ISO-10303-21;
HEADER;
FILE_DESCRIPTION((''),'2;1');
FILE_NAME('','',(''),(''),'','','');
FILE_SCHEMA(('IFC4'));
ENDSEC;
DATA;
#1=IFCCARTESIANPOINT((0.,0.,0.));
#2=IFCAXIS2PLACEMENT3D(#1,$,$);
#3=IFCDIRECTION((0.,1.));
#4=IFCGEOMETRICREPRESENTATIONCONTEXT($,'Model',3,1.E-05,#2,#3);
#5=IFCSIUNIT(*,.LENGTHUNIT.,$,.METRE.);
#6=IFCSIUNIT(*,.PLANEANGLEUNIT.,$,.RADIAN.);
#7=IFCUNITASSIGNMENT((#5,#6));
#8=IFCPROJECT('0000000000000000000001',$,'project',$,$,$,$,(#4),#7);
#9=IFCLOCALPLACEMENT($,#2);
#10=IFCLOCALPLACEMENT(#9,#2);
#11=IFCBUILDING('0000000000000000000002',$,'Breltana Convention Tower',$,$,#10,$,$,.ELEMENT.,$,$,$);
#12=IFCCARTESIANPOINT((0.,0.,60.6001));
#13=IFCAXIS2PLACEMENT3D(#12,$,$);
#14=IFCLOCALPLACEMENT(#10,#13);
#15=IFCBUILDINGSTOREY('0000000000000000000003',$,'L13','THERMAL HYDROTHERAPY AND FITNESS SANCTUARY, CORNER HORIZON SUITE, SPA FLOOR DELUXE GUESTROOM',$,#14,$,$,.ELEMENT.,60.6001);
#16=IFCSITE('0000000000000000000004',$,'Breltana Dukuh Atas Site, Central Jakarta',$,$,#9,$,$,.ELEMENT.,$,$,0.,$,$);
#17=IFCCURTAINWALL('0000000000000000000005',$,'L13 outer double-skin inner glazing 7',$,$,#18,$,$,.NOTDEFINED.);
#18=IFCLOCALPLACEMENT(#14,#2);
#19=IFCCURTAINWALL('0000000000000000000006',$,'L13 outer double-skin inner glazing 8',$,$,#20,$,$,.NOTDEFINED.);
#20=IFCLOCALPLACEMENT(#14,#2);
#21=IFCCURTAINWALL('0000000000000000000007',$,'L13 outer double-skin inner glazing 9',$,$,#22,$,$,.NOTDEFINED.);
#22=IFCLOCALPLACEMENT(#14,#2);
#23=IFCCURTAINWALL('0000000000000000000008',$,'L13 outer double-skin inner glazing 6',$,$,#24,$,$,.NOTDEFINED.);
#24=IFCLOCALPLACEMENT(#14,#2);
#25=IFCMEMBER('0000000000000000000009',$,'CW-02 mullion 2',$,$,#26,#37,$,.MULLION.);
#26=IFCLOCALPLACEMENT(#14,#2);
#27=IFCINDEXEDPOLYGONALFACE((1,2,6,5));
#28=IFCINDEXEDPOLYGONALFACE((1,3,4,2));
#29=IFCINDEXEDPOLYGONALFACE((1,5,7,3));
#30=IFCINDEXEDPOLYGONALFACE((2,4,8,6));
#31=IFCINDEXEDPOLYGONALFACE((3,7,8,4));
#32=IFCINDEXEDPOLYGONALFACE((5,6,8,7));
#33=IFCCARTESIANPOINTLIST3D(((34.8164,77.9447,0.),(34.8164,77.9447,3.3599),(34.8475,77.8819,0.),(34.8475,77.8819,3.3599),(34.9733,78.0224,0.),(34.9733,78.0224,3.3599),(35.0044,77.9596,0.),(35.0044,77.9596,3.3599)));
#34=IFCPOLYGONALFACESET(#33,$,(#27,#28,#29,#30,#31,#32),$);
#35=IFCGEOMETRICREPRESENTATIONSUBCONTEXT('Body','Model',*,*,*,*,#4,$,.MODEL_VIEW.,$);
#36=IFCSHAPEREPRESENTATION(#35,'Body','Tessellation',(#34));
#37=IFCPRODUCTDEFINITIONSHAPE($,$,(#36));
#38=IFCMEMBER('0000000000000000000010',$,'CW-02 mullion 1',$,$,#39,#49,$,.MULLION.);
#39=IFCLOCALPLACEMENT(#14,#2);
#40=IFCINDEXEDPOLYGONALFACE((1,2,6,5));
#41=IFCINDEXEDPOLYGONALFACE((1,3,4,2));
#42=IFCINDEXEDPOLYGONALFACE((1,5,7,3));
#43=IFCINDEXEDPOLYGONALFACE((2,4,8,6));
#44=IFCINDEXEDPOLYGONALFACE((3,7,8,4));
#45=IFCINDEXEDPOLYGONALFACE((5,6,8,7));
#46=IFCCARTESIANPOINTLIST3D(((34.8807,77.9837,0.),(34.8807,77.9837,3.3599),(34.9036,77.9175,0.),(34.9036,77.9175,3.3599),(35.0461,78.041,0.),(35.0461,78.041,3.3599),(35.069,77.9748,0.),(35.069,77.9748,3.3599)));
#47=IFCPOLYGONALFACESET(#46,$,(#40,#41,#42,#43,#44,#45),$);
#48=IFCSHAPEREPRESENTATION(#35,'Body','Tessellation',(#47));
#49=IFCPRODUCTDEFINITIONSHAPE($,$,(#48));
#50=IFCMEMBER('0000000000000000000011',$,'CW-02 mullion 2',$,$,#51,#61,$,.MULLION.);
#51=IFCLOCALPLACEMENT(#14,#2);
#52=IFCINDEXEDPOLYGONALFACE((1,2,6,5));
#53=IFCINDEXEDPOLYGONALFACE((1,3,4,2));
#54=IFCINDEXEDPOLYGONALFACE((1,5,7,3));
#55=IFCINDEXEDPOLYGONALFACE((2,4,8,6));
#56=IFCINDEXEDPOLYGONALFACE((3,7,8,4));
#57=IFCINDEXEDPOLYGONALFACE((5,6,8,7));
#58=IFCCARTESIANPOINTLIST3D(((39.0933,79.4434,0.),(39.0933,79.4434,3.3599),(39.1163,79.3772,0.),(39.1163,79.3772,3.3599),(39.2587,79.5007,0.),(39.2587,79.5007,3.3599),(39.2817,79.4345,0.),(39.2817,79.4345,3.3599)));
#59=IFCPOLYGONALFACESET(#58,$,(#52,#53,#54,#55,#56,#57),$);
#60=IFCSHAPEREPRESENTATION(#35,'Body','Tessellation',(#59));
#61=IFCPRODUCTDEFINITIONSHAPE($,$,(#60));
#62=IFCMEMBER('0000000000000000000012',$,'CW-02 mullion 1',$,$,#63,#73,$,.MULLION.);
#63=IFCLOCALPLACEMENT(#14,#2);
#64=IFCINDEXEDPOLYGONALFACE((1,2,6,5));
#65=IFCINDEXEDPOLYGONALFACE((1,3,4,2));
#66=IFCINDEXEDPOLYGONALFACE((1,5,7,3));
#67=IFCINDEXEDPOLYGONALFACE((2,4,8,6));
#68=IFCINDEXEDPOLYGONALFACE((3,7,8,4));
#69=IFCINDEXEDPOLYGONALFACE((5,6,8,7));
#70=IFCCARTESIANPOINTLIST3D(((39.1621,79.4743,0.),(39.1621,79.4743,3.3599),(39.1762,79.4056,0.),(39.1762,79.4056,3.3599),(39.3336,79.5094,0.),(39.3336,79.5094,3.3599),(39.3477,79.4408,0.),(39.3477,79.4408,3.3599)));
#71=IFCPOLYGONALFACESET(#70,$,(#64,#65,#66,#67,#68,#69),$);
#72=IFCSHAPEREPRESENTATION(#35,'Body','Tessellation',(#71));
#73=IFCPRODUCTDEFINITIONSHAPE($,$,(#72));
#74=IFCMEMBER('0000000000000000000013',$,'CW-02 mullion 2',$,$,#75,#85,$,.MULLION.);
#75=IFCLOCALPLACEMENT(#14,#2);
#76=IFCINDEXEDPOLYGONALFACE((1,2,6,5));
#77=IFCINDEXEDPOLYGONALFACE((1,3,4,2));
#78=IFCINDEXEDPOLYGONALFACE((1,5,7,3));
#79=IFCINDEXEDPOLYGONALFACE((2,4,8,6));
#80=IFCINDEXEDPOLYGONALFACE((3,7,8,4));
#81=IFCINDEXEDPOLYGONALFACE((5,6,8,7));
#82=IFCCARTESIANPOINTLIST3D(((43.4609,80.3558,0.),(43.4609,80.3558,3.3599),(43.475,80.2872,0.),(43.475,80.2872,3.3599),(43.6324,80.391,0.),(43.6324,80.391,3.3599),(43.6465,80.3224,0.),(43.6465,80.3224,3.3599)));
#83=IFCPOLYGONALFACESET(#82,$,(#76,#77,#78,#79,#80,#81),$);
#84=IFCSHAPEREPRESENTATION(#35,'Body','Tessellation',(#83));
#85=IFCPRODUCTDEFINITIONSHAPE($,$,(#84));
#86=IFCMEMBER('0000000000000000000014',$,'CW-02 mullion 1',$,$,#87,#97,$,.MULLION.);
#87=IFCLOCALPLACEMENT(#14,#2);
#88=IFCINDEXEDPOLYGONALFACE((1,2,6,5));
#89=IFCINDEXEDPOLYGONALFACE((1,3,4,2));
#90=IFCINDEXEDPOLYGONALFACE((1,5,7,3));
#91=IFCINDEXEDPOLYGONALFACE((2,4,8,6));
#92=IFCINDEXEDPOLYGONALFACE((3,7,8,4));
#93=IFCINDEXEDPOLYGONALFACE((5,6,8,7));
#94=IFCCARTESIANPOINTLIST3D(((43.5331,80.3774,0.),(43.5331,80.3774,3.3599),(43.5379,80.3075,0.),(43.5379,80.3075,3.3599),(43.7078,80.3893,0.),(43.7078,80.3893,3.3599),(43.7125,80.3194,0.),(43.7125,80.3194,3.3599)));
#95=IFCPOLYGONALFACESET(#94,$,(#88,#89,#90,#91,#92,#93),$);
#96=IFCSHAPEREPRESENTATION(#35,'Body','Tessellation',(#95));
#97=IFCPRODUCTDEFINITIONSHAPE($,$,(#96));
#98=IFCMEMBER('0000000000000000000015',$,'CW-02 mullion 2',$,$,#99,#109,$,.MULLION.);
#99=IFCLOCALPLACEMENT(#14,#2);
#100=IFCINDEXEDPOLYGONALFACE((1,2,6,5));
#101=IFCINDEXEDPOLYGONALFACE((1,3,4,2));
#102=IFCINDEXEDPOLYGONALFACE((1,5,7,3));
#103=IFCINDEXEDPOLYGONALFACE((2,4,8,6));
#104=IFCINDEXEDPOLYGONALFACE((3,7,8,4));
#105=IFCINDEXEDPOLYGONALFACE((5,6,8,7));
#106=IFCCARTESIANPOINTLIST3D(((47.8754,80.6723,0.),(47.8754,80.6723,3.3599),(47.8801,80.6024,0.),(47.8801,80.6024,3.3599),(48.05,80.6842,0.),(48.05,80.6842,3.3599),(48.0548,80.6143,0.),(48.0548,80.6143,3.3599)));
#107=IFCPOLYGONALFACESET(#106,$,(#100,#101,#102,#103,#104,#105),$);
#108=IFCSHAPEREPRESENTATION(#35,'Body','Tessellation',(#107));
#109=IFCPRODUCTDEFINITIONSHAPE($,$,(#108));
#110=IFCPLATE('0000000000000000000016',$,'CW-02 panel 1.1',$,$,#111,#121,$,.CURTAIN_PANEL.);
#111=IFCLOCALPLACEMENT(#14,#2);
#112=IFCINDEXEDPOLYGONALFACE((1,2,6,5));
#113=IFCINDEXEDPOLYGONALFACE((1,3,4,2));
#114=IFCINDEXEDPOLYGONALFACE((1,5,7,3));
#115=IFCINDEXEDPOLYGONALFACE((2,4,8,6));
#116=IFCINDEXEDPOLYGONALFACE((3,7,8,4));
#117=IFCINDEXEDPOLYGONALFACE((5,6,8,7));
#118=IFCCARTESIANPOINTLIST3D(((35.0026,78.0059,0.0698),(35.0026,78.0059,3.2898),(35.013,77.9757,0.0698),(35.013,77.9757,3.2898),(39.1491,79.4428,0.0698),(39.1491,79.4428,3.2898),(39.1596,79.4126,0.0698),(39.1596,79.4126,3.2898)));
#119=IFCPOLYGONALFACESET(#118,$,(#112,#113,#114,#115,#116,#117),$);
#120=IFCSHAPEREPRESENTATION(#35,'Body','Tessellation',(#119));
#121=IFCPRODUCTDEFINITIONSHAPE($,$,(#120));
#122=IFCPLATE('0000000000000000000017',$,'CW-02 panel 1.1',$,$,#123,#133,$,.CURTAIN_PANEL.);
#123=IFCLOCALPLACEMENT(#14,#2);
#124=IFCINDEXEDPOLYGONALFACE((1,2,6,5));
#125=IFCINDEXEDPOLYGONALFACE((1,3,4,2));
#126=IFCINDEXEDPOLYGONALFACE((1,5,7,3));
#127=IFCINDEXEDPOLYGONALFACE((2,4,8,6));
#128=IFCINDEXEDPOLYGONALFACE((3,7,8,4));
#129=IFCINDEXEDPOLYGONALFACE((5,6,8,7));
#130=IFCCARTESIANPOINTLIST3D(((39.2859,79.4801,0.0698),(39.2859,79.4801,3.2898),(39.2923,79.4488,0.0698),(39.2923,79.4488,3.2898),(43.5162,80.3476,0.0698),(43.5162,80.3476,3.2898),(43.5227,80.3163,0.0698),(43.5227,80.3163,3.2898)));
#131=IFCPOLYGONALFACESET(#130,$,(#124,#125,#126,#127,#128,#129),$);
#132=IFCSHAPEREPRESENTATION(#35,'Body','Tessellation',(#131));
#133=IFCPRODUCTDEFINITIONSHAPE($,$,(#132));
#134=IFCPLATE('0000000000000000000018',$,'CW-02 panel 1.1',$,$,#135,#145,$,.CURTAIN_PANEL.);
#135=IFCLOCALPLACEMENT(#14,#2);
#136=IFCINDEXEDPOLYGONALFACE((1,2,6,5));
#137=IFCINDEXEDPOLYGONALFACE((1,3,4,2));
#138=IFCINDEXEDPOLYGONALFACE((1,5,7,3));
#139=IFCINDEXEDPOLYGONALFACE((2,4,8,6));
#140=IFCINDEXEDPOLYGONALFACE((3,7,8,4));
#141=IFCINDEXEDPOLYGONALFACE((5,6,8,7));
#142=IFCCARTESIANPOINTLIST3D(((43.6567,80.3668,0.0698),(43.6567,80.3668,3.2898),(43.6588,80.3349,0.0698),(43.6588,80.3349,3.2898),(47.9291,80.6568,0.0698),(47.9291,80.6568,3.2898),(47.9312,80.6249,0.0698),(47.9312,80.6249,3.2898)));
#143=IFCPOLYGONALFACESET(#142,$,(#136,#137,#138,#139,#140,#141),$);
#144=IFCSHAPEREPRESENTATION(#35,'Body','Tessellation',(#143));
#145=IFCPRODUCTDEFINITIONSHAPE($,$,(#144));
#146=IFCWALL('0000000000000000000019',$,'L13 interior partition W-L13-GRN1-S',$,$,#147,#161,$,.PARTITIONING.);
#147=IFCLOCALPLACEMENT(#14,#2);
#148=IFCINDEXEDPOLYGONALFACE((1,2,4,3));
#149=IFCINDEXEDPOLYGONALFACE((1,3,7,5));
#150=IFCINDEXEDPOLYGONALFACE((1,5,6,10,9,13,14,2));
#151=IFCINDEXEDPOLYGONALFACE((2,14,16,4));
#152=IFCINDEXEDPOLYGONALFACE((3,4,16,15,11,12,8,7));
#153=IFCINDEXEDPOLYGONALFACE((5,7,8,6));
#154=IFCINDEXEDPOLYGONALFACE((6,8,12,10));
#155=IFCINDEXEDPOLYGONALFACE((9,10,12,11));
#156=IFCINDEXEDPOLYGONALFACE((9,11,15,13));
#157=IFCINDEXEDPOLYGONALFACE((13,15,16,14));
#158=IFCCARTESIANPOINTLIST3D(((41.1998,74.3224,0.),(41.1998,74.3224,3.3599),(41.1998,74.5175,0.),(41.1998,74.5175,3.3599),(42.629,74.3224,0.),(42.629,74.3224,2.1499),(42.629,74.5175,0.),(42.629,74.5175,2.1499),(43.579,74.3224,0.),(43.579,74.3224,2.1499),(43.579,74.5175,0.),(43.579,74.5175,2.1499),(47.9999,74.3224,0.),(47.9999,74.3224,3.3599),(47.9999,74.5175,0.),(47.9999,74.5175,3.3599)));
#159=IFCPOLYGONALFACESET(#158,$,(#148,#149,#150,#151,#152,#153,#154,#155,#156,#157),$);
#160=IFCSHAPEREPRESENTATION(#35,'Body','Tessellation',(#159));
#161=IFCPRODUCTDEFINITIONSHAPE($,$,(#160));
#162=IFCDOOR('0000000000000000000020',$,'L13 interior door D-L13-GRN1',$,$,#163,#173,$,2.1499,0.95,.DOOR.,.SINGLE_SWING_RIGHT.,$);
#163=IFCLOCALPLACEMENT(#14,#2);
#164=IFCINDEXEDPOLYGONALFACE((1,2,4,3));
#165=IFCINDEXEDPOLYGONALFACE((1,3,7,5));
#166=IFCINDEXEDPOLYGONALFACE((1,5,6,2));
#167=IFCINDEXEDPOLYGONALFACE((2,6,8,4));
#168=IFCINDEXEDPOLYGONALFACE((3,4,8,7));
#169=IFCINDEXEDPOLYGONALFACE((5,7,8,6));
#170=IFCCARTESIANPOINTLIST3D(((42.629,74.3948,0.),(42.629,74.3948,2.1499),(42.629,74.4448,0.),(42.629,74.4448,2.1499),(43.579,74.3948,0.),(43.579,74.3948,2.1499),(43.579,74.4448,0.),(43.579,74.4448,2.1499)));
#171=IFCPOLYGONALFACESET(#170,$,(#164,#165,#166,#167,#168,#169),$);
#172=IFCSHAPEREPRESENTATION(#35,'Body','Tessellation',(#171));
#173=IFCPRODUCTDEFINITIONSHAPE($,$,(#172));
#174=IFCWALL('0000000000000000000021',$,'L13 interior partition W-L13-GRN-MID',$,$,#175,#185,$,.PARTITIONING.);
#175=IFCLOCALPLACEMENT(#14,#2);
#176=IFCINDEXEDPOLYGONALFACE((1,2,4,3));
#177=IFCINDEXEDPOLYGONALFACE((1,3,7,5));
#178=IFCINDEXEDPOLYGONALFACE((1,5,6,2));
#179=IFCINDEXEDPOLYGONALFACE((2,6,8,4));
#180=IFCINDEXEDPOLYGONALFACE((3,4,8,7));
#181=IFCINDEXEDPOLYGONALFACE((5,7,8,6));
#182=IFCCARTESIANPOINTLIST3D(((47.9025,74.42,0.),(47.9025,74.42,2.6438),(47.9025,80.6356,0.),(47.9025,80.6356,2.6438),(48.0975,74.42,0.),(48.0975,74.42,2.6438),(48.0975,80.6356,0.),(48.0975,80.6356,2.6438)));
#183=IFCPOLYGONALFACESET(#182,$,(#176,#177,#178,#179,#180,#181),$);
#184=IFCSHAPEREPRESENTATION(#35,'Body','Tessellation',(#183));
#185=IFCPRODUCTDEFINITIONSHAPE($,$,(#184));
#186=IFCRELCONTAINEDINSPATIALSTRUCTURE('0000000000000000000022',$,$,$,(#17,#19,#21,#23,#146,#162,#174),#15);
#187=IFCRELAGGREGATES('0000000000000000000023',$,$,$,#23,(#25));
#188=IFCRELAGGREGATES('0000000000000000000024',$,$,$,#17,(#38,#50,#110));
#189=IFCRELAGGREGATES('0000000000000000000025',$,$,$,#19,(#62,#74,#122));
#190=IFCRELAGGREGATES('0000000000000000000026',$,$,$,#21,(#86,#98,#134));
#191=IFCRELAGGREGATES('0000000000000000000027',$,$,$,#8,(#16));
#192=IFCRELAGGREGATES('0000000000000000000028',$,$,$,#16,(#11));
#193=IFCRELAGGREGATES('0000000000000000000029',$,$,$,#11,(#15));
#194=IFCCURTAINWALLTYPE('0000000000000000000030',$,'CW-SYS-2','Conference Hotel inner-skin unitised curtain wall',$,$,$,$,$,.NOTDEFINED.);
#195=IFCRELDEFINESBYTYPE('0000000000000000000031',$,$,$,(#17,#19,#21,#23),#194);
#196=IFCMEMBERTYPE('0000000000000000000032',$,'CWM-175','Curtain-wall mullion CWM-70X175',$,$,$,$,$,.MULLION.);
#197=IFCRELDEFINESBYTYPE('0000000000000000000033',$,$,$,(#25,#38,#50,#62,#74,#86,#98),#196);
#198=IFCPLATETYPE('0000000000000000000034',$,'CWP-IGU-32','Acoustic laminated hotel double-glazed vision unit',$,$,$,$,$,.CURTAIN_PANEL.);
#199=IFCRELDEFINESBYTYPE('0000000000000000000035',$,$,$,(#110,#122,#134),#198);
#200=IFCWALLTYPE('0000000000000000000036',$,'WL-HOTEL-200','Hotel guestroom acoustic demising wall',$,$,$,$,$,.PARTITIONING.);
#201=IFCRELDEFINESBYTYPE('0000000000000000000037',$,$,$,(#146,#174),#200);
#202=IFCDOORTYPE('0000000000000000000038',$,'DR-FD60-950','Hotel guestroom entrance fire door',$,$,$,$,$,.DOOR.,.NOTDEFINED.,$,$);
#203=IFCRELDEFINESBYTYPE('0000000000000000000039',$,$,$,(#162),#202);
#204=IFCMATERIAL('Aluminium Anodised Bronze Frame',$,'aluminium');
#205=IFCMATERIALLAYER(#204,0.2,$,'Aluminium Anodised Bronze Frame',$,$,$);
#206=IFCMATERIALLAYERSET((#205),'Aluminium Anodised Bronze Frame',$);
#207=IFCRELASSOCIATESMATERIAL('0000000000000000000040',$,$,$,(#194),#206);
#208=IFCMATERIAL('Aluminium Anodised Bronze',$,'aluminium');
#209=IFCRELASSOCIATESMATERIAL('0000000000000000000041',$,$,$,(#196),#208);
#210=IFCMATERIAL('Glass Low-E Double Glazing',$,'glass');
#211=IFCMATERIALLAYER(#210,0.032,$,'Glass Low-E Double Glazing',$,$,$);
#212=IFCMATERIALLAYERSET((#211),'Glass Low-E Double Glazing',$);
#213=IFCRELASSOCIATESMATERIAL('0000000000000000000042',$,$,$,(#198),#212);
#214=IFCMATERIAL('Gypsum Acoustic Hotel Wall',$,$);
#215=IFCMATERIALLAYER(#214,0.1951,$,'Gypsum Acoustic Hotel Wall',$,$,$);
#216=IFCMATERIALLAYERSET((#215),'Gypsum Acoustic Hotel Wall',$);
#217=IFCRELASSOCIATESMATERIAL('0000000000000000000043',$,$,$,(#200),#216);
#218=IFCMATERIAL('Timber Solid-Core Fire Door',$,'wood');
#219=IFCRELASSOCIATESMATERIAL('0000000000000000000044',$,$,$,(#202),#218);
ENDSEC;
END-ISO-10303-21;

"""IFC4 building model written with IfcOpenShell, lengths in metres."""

from ifc_helpers import new_model, si_unit, direction, frame, frame_2d, origin, origin_2d, place, context, subcontext, project, spatial, rectangle, extrude, source, transform, mapped, material, layer, layer_set, material_profile, profile_set, type_object, type_shapes, element, fill, aggregate, save


model = new_model("IFC4")

# Units and contexts
model_context = context("Model", 3, precision=1e-05, world=origin(), true_north=direction((0.0, 1.0)))
body_context = subcontext(model_context, "Body", "Model", "MODEL_VIEW")
ifc_project = project(units=[si_unit("LENGTHUNIT", "METRE"), si_unit("PLANEANGLEUNIT", "RADIAN")], contexts=[model_context])

# Site, building, storey
site_placement = place(None, origin())
site = spatial("IfcSite", under=ifc_project, at=site_placement, Name="Breltana Dukuh Atas Site, Central Jakarta", CompositionType="ELEMENT", RefElevation=0.0)
building_placement = place(site_placement, origin())
building = spatial("IfcBuilding", under=site, at=building_placement, Name="Breltana Convention Tower", CompositionType="ELEMENT")
storey_placement = place(building_placement, frame((0.0, 0.0, 60.6001)))
storey = spatial("IfcBuildingStorey", under=building, at=storey_placement, Name="L13", Description="THERMAL HYDROTHERAPY AND FITNESS SANCTUARY, CORNER HORIZON SUITE, SPA FLOOR DELUXE GUESTROOM", CompositionType="ELEMENT", Elevation=60.6001)

# Curtain walls
ifc_material_1 = material(Name="Aluminium Anodised Bronze Frame", Category="aluminium")
ifc_layer_1 = layer(ifc_material_1, 0.2, Name="Aluminium Anodised Bronze Frame")
ifc_layer_set_1 = layer_set([ifc_layer_1], Name="Aluminium Anodised Bronze Frame")
curtain_wall_type = type_object("IfcCurtainWallType", Name="CW-SYS-2", Description="Conference Hotel inner-skin unitised curtain wall", PredefinedType="NOTDEFINED", material=ifc_layer_set_1)
curtain_wall_1_placement = place(storey_placement, origin())
curtain_wall_1 = element("IfcCurtainWall", 1, at=curtain_wall_1_placement, inside=storey, type_object=curtain_wall_type, Name="L13 outer double-skin inner glazing 7", PredefinedType="NOTDEFINED")
ifc_material_2 = material(Name="Aluminium Anodised Bronze", Category="aluminium")
curtain_wall_2_placement = place(storey_placement, origin())
curtain_wall_2 = element("IfcCurtainWall", 2, at=curtain_wall_2_placement, inside=storey, type_object=curtain_wall_type, Name="L13 outer double-skin inner glazing 8", PredefinedType="NOTDEFINED")
curtain_wall_3_placement = place(storey_placement, origin())
curtain_wall_3 = element("IfcCurtainWall", 3, at=curtain_wall_3_placement, inside=storey, type_object=curtain_wall_type, Name="L13 outer double-skin inner glazing 9", PredefinedType="NOTDEFINED")

# Curtain wall, member
curtain_wall_4_placement = place(storey_placement, origin())
curtain_wall_4 = element("IfcCurtainWall", 4, at=curtain_wall_4_placement, inside=storey, type_object=curtain_wall_type, Name="L13 outer double-skin inner glazing 6", PredefinedType="NOTDEFINED")
ifc_material_profile_1 = material_profile(ifc_material_2, rectangle(XDim=0.0701, YDim=0.175, at=origin_2d()), Name="CWM-70X175")
ifc_profile_set_1 = profile_set([ifc_material_profile_1], Name="Aluminium Anodised Bronze")
member_type_1 = type_object("IfcMemberType", Name="CWM-175", Description="Curtain-wall mullion CWM-70X175", PredefinedType="MULLION", material=ifc_profile_set_1)
shared_shape_1 = source(origin(), body_context, "Body", "SweptSolid", [
    extrude(rectangle(XDim=0.0701, YDim=0.175, at=origin_2d()), origin(), (0.0, 0.0, 1.0), 3.3599),
])
member_1_placement = place(storey_placement, frame((34.9104, 77.9521, 0.0), z_axis=(0.0, 0.0, 1.0), x_axis=(-0.444108, 0.895973, 0.0)))
member_1 = element("IfcMember", 5, at=member_1_placement, type_object=member_type_1, Name="CW-02 mullion 2", PredefinedType="MULLION", context=body_context, shape_type="MappedRepresentation", body=[
    mapped(shared_shape_1, transform((0.0, 0.0, 0.0), scale=1.0)),
])
aggregate(curtain_wall_4, [member_1])

# Members
member_2_placement = place(storey_placement, frame((34.9749, 77.9792, 0.0), z_axis=(0.0, 0.0, 1.0), x_axis=(-0.327428, 0.944876, 0.0)))
member_2 = element("IfcMember", 6, at=member_2_placement, type_object=member_type_1, Name="CW-02 mullion 1", PredefinedType="MULLION", context=body_context, shape_type="MappedRepresentation", body=[
    mapped(shared_shape_1, transform((0.0, 0.0, 0.0), scale=1.0)),
])
member_3_placement = place(storey_placement, frame((39.1875, 79.439, 0.0), z_axis=(0.0, 0.0, 1.0), x_axis=(-0.327428, 0.944876, 0.0)))
member_3 = element("IfcMember", 7, at=member_3_placement, type_object=member_type_1, Name="CW-02 mullion 2", PredefinedType="MULLION", context=body_context, shape_type="MappedRepresentation", body=[
    mapped(shared_shape_1, transform((0.0, 0.0, 0.0), scale=1.0)),
])
member_4_placement = place(storey_placement, frame((39.2549, 79.4575, 0.0), z_axis=(0.0, 0.0, 1.0), x_axis=(-0.200885, 0.979615, 0.0)))
member_4 = element("IfcMember", 8, at=member_4_placement, type_object=member_type_1, Name="CW-02 mullion 1", PredefinedType="MULLION", context=body_context, shape_type="MappedRepresentation", body=[
    mapped(shared_shape_1, transform((0.0, 0.0, 0.0), scale=1.0)),
])
member_5_placement = place(storey_placement, frame((43.5537, 80.3391, 0.0), z_axis=(0.0, 0.0, 1.0), x_axis=(-0.200885, 0.979615, 0.0)))
member_5 = element("IfcMember", 9, at=member_5_placement, type_object=member_type_1, Name="CW-02 mullion 2", PredefinedType="MULLION", context=body_context, shape_type="MappedRepresentation", body=[
    mapped(shared_shape_1, transform((0.0, 0.0, 0.0), scale=1.0)),
])
member_6_placement = place(storey_placement, frame((43.6228, 80.3484, 0.0), z_axis=(0.0, 0.0, 1.0), x_axis=(-0.067726, 0.997704, 0.0)))
member_6 = element("IfcMember", 10, at=member_6_placement, type_object=member_type_1, Name="CW-02 mullion 1", PredefinedType="MULLION", context=body_context, shape_type="MappedRepresentation", body=[
    mapped(shared_shape_1, transform((0.0, 0.0, 0.0), scale=1.0)),
])
member_7_placement = place(storey_placement, frame((47.9651, 80.6433, 0.0), z_axis=(0.0, 0.0, 1.0), x_axis=(-0.067726, 0.997704, 0.0)))
member_7 = element("IfcMember", 11, at=member_7_placement, type_object=member_type_1, Name="CW-02 mullion 2", PredefinedType="MULLION", context=body_context, shape_type="MappedRepresentation", body=[
    mapped(shared_shape_1, transform((0.0, 0.0, 0.0), scale=1.0)),
])

# Plates
ifc_material_3 = material(Name="Glass Low-E Double Glazing", Category="glass")
ifc_layer_2 = layer(ifc_material_3, 0.032, Name="Glass Low-E Double Glazing")
ifc_layer_set_2 = layer_set([ifc_layer_2], Name="Glass Low-E Double Glazing")
plate_type = type_object("IfcPlateType", Name="CWP-IGU-32", Description="Acoustic laminated hotel double-glazed vision unit", PredefinedType="CURTAIN_PANEL", material=ifc_layer_set_2)
shared_shape_2 = source(origin(), body_context, "Body", "SweptSolid", [
    extrude(rectangle(XDim=4.3884, YDim=0.032, at=origin_2d()), origin(), (0.0, 0.0, 1.0), 3.22),
])
plate_1_placement = place(storey_placement, frame((37.0811, 78.7092, 0.0698), z_axis=(0.0, 0.0, 1.0), x_axis=(0.944876, 0.327428, 0.0)))
plate_1 = element("IfcPlate", 12, at=plate_1_placement, type_object=plate_type, Name="CW-02 panel 1.1", PredefinedType="CURTAIN_PANEL", context=body_context, shape_type="MappedRepresentation", body=[
    mapped(shared_shape_2, transform((0.0, 0.0, 0.0), scale=1.0)),
])
aggregate(curtain_wall_1, [member_2, member_3, plate_1])
shared_shape_3 = source(origin(), body_context, "Body", "SweptSolid", [
    extrude(rectangle(XDim=4.3184, YDim=0.032, at=origin_2d()), origin(), (0.0, 0.0, 1.0), 3.22),
])
plate_2_placement = place(storey_placement, frame((41.4043, 79.8982, 0.0698), z_axis=(0.0, 0.0, 1.0), x_axis=(0.979615, 0.200885, 0.0)))
plate_2 = element("IfcPlate", 13, at=plate_2_placement, type_object=plate_type, Name="CW-02 panel 1.1", PredefinedType="CURTAIN_PANEL", context=body_context, shape_type="MappedRepresentation", body=[
    mapped(shared_shape_3, transform((0.0, 0.0, 0.0), scale=1.0)),
])
aggregate(curtain_wall_2, [member_4, member_5, plate_2])
shared_shape_4 = source(origin(), body_context, "Body", "SweptSolid", [
    extrude(rectangle(XDim=4.2822, YDim=0.032, at=origin_2d()), origin(), (0.0, 0.0, 1.0), 3.22),
])
plate_3_placement = place(storey_placement, frame((45.7939, 80.4958, 0.0698), z_axis=(0.0, 0.0, 1.0), x_axis=(0.997704, 0.067726, 0.0)))
plate_3 = element("IfcPlate", 14, at=plate_3_placement, type_object=plate_type, Name="CW-02 panel 1.1", PredefinedType="CURTAIN_PANEL", context=body_context, shape_type="MappedRepresentation", body=[
    mapped(shared_shape_4, transform((0.0, 0.0, 0.0), scale=1.0)),
])
aggregate(curtain_wall_3, [member_6, member_7, plate_3])

# Wall, opening, door
ifc_material_4 = material(Name="Gypsum Acoustic Hotel Wall")
ifc_layer_3 = layer(ifc_material_4, 0.1951, Name="Gypsum Acoustic Hotel Wall")
ifc_layer_set_3 = layer_set([ifc_layer_3], Name="Gypsum Acoustic Hotel Wall")
wall_type_1 = type_object("IfcWallType", Name="WL-HOTEL-200", Description="Hotel guestroom acoustic demising wall", PredefinedType="PARTITIONING", material=ifc_layer_set_3)
shared_shape_5 = source(origin(), body_context, "Body", "SweptSolid", [
    extrude(rectangle(XDim=6.8, YDim=0.1951, at=frame_2d((3.3999, 0.0))), origin(), (0.0, 0.0, 1.0), 3.3599),
])
wall_1_placement = place(storey_placement, frame((41.2, 74.4199, 0.0), z_axis=(0.0, 0.0, 1.0), x_axis=(1.0, 0.0, 0.0)))
wall_1 = element("IfcWall", 15, at=wall_1_placement, inside=storey, type_object=wall_type_1, Name="L13 interior partition W-L13-GRN1-S", PredefinedType="PARTITIONING", context=body_context, shape_type="MappedRepresentation", body=[
    mapped(shared_shape_5, transform((0.0, 0.0, 0.0), scale=1.0)),
])
opening_1_placement = place(wall_1_placement, frame((1.429, 0.0, 0.0)))
opening_1 = element("IfcOpeningElement", 16, at=opening_1_placement, cuts=wall_1, PredefinedType="OPENING", context=body_context, shape_type="SweptSolid", body=[
    extrude(rectangle(XDim=0.95, YDim=2.1499, at=frame_2d((0.4751, 1.075))), frame((0.0, 0.1074, 0.0), z_axis=(0.0, -1.0, 0.0), x_axis=(1.0, 0.0, 0.0)), (0.0, 0.0, 1.0), 0.2151),
])
ifc_material_5 = material(Name="Timber Solid-Core Fire Door", Category="wood")
door_type_1 = type_object("IfcDoorType", Name="DR-FD60-950", Description="Hotel guestroom entrance fire door", OperationType="NOTDEFINED", PredefinedType="DOOR", material=ifc_material_5)
shared_shape_6 = source(origin(), body_context, "Body", "SweptSolid", [
    extrude(rectangle(XDim=0.95, YDim=2.1499, at=frame_2d((0.4751, 1.075))), frame((0.0, 0.0249, 0.0), z_axis=(0.0, -1.0, 0.0), x_axis=(1.0, 0.0, 0.0)), (0.0, 0.0, 1.0), 0.05),
])
type_shapes(door_type_1, [shared_shape_6])
door_1_placement = place(opening_1_placement, origin())
door_1 = element("IfcDoor", 17, at=door_1_placement, inside=storey, type_object=door_type_1, Name="L13 interior door D-L13-GRN1", OperationType="SINGLE_SWING_RIGHT", OverallHeight=2.1499, OverallWidth=0.95, PredefinedType="DOOR", context=body_context, shape_type="MappedRepresentation", body=[
    mapped(shared_shape_6, transform((0.0, 0.0, 0.0), scale=1.0)),
])
fill(opening_1, door_1)

# Wall
shared_shape_7 = source(origin(), body_context, "Body", "SweptSolid", [
    extrude(rectangle(XDim=6.2156, YDim=0.1951, at=frame_2d((3.1079, 0.0))), origin(), (0.0, 0.0, 1.0), 2.6438),
])
wall_2_placement = place(storey_placement, frame((48.0, 74.4199, 0.0), z_axis=(0.0, 0.0, 1.0), x_axis=(0.0, 1.0, 0.0)))
element("IfcWall", 18, at=wall_2_placement, inside=storey, type_object=wall_type_1, Name="L13 interior partition W-L13-GRN-MID", PredefinedType="PARTITIONING", context=body_context, shape_type="MappedRepresentation", body=[
    mapped(shared_shape_7, transform((0.0, 0.0, 0.0), scale=1.0)),
])

save(model, "model.ifc")
